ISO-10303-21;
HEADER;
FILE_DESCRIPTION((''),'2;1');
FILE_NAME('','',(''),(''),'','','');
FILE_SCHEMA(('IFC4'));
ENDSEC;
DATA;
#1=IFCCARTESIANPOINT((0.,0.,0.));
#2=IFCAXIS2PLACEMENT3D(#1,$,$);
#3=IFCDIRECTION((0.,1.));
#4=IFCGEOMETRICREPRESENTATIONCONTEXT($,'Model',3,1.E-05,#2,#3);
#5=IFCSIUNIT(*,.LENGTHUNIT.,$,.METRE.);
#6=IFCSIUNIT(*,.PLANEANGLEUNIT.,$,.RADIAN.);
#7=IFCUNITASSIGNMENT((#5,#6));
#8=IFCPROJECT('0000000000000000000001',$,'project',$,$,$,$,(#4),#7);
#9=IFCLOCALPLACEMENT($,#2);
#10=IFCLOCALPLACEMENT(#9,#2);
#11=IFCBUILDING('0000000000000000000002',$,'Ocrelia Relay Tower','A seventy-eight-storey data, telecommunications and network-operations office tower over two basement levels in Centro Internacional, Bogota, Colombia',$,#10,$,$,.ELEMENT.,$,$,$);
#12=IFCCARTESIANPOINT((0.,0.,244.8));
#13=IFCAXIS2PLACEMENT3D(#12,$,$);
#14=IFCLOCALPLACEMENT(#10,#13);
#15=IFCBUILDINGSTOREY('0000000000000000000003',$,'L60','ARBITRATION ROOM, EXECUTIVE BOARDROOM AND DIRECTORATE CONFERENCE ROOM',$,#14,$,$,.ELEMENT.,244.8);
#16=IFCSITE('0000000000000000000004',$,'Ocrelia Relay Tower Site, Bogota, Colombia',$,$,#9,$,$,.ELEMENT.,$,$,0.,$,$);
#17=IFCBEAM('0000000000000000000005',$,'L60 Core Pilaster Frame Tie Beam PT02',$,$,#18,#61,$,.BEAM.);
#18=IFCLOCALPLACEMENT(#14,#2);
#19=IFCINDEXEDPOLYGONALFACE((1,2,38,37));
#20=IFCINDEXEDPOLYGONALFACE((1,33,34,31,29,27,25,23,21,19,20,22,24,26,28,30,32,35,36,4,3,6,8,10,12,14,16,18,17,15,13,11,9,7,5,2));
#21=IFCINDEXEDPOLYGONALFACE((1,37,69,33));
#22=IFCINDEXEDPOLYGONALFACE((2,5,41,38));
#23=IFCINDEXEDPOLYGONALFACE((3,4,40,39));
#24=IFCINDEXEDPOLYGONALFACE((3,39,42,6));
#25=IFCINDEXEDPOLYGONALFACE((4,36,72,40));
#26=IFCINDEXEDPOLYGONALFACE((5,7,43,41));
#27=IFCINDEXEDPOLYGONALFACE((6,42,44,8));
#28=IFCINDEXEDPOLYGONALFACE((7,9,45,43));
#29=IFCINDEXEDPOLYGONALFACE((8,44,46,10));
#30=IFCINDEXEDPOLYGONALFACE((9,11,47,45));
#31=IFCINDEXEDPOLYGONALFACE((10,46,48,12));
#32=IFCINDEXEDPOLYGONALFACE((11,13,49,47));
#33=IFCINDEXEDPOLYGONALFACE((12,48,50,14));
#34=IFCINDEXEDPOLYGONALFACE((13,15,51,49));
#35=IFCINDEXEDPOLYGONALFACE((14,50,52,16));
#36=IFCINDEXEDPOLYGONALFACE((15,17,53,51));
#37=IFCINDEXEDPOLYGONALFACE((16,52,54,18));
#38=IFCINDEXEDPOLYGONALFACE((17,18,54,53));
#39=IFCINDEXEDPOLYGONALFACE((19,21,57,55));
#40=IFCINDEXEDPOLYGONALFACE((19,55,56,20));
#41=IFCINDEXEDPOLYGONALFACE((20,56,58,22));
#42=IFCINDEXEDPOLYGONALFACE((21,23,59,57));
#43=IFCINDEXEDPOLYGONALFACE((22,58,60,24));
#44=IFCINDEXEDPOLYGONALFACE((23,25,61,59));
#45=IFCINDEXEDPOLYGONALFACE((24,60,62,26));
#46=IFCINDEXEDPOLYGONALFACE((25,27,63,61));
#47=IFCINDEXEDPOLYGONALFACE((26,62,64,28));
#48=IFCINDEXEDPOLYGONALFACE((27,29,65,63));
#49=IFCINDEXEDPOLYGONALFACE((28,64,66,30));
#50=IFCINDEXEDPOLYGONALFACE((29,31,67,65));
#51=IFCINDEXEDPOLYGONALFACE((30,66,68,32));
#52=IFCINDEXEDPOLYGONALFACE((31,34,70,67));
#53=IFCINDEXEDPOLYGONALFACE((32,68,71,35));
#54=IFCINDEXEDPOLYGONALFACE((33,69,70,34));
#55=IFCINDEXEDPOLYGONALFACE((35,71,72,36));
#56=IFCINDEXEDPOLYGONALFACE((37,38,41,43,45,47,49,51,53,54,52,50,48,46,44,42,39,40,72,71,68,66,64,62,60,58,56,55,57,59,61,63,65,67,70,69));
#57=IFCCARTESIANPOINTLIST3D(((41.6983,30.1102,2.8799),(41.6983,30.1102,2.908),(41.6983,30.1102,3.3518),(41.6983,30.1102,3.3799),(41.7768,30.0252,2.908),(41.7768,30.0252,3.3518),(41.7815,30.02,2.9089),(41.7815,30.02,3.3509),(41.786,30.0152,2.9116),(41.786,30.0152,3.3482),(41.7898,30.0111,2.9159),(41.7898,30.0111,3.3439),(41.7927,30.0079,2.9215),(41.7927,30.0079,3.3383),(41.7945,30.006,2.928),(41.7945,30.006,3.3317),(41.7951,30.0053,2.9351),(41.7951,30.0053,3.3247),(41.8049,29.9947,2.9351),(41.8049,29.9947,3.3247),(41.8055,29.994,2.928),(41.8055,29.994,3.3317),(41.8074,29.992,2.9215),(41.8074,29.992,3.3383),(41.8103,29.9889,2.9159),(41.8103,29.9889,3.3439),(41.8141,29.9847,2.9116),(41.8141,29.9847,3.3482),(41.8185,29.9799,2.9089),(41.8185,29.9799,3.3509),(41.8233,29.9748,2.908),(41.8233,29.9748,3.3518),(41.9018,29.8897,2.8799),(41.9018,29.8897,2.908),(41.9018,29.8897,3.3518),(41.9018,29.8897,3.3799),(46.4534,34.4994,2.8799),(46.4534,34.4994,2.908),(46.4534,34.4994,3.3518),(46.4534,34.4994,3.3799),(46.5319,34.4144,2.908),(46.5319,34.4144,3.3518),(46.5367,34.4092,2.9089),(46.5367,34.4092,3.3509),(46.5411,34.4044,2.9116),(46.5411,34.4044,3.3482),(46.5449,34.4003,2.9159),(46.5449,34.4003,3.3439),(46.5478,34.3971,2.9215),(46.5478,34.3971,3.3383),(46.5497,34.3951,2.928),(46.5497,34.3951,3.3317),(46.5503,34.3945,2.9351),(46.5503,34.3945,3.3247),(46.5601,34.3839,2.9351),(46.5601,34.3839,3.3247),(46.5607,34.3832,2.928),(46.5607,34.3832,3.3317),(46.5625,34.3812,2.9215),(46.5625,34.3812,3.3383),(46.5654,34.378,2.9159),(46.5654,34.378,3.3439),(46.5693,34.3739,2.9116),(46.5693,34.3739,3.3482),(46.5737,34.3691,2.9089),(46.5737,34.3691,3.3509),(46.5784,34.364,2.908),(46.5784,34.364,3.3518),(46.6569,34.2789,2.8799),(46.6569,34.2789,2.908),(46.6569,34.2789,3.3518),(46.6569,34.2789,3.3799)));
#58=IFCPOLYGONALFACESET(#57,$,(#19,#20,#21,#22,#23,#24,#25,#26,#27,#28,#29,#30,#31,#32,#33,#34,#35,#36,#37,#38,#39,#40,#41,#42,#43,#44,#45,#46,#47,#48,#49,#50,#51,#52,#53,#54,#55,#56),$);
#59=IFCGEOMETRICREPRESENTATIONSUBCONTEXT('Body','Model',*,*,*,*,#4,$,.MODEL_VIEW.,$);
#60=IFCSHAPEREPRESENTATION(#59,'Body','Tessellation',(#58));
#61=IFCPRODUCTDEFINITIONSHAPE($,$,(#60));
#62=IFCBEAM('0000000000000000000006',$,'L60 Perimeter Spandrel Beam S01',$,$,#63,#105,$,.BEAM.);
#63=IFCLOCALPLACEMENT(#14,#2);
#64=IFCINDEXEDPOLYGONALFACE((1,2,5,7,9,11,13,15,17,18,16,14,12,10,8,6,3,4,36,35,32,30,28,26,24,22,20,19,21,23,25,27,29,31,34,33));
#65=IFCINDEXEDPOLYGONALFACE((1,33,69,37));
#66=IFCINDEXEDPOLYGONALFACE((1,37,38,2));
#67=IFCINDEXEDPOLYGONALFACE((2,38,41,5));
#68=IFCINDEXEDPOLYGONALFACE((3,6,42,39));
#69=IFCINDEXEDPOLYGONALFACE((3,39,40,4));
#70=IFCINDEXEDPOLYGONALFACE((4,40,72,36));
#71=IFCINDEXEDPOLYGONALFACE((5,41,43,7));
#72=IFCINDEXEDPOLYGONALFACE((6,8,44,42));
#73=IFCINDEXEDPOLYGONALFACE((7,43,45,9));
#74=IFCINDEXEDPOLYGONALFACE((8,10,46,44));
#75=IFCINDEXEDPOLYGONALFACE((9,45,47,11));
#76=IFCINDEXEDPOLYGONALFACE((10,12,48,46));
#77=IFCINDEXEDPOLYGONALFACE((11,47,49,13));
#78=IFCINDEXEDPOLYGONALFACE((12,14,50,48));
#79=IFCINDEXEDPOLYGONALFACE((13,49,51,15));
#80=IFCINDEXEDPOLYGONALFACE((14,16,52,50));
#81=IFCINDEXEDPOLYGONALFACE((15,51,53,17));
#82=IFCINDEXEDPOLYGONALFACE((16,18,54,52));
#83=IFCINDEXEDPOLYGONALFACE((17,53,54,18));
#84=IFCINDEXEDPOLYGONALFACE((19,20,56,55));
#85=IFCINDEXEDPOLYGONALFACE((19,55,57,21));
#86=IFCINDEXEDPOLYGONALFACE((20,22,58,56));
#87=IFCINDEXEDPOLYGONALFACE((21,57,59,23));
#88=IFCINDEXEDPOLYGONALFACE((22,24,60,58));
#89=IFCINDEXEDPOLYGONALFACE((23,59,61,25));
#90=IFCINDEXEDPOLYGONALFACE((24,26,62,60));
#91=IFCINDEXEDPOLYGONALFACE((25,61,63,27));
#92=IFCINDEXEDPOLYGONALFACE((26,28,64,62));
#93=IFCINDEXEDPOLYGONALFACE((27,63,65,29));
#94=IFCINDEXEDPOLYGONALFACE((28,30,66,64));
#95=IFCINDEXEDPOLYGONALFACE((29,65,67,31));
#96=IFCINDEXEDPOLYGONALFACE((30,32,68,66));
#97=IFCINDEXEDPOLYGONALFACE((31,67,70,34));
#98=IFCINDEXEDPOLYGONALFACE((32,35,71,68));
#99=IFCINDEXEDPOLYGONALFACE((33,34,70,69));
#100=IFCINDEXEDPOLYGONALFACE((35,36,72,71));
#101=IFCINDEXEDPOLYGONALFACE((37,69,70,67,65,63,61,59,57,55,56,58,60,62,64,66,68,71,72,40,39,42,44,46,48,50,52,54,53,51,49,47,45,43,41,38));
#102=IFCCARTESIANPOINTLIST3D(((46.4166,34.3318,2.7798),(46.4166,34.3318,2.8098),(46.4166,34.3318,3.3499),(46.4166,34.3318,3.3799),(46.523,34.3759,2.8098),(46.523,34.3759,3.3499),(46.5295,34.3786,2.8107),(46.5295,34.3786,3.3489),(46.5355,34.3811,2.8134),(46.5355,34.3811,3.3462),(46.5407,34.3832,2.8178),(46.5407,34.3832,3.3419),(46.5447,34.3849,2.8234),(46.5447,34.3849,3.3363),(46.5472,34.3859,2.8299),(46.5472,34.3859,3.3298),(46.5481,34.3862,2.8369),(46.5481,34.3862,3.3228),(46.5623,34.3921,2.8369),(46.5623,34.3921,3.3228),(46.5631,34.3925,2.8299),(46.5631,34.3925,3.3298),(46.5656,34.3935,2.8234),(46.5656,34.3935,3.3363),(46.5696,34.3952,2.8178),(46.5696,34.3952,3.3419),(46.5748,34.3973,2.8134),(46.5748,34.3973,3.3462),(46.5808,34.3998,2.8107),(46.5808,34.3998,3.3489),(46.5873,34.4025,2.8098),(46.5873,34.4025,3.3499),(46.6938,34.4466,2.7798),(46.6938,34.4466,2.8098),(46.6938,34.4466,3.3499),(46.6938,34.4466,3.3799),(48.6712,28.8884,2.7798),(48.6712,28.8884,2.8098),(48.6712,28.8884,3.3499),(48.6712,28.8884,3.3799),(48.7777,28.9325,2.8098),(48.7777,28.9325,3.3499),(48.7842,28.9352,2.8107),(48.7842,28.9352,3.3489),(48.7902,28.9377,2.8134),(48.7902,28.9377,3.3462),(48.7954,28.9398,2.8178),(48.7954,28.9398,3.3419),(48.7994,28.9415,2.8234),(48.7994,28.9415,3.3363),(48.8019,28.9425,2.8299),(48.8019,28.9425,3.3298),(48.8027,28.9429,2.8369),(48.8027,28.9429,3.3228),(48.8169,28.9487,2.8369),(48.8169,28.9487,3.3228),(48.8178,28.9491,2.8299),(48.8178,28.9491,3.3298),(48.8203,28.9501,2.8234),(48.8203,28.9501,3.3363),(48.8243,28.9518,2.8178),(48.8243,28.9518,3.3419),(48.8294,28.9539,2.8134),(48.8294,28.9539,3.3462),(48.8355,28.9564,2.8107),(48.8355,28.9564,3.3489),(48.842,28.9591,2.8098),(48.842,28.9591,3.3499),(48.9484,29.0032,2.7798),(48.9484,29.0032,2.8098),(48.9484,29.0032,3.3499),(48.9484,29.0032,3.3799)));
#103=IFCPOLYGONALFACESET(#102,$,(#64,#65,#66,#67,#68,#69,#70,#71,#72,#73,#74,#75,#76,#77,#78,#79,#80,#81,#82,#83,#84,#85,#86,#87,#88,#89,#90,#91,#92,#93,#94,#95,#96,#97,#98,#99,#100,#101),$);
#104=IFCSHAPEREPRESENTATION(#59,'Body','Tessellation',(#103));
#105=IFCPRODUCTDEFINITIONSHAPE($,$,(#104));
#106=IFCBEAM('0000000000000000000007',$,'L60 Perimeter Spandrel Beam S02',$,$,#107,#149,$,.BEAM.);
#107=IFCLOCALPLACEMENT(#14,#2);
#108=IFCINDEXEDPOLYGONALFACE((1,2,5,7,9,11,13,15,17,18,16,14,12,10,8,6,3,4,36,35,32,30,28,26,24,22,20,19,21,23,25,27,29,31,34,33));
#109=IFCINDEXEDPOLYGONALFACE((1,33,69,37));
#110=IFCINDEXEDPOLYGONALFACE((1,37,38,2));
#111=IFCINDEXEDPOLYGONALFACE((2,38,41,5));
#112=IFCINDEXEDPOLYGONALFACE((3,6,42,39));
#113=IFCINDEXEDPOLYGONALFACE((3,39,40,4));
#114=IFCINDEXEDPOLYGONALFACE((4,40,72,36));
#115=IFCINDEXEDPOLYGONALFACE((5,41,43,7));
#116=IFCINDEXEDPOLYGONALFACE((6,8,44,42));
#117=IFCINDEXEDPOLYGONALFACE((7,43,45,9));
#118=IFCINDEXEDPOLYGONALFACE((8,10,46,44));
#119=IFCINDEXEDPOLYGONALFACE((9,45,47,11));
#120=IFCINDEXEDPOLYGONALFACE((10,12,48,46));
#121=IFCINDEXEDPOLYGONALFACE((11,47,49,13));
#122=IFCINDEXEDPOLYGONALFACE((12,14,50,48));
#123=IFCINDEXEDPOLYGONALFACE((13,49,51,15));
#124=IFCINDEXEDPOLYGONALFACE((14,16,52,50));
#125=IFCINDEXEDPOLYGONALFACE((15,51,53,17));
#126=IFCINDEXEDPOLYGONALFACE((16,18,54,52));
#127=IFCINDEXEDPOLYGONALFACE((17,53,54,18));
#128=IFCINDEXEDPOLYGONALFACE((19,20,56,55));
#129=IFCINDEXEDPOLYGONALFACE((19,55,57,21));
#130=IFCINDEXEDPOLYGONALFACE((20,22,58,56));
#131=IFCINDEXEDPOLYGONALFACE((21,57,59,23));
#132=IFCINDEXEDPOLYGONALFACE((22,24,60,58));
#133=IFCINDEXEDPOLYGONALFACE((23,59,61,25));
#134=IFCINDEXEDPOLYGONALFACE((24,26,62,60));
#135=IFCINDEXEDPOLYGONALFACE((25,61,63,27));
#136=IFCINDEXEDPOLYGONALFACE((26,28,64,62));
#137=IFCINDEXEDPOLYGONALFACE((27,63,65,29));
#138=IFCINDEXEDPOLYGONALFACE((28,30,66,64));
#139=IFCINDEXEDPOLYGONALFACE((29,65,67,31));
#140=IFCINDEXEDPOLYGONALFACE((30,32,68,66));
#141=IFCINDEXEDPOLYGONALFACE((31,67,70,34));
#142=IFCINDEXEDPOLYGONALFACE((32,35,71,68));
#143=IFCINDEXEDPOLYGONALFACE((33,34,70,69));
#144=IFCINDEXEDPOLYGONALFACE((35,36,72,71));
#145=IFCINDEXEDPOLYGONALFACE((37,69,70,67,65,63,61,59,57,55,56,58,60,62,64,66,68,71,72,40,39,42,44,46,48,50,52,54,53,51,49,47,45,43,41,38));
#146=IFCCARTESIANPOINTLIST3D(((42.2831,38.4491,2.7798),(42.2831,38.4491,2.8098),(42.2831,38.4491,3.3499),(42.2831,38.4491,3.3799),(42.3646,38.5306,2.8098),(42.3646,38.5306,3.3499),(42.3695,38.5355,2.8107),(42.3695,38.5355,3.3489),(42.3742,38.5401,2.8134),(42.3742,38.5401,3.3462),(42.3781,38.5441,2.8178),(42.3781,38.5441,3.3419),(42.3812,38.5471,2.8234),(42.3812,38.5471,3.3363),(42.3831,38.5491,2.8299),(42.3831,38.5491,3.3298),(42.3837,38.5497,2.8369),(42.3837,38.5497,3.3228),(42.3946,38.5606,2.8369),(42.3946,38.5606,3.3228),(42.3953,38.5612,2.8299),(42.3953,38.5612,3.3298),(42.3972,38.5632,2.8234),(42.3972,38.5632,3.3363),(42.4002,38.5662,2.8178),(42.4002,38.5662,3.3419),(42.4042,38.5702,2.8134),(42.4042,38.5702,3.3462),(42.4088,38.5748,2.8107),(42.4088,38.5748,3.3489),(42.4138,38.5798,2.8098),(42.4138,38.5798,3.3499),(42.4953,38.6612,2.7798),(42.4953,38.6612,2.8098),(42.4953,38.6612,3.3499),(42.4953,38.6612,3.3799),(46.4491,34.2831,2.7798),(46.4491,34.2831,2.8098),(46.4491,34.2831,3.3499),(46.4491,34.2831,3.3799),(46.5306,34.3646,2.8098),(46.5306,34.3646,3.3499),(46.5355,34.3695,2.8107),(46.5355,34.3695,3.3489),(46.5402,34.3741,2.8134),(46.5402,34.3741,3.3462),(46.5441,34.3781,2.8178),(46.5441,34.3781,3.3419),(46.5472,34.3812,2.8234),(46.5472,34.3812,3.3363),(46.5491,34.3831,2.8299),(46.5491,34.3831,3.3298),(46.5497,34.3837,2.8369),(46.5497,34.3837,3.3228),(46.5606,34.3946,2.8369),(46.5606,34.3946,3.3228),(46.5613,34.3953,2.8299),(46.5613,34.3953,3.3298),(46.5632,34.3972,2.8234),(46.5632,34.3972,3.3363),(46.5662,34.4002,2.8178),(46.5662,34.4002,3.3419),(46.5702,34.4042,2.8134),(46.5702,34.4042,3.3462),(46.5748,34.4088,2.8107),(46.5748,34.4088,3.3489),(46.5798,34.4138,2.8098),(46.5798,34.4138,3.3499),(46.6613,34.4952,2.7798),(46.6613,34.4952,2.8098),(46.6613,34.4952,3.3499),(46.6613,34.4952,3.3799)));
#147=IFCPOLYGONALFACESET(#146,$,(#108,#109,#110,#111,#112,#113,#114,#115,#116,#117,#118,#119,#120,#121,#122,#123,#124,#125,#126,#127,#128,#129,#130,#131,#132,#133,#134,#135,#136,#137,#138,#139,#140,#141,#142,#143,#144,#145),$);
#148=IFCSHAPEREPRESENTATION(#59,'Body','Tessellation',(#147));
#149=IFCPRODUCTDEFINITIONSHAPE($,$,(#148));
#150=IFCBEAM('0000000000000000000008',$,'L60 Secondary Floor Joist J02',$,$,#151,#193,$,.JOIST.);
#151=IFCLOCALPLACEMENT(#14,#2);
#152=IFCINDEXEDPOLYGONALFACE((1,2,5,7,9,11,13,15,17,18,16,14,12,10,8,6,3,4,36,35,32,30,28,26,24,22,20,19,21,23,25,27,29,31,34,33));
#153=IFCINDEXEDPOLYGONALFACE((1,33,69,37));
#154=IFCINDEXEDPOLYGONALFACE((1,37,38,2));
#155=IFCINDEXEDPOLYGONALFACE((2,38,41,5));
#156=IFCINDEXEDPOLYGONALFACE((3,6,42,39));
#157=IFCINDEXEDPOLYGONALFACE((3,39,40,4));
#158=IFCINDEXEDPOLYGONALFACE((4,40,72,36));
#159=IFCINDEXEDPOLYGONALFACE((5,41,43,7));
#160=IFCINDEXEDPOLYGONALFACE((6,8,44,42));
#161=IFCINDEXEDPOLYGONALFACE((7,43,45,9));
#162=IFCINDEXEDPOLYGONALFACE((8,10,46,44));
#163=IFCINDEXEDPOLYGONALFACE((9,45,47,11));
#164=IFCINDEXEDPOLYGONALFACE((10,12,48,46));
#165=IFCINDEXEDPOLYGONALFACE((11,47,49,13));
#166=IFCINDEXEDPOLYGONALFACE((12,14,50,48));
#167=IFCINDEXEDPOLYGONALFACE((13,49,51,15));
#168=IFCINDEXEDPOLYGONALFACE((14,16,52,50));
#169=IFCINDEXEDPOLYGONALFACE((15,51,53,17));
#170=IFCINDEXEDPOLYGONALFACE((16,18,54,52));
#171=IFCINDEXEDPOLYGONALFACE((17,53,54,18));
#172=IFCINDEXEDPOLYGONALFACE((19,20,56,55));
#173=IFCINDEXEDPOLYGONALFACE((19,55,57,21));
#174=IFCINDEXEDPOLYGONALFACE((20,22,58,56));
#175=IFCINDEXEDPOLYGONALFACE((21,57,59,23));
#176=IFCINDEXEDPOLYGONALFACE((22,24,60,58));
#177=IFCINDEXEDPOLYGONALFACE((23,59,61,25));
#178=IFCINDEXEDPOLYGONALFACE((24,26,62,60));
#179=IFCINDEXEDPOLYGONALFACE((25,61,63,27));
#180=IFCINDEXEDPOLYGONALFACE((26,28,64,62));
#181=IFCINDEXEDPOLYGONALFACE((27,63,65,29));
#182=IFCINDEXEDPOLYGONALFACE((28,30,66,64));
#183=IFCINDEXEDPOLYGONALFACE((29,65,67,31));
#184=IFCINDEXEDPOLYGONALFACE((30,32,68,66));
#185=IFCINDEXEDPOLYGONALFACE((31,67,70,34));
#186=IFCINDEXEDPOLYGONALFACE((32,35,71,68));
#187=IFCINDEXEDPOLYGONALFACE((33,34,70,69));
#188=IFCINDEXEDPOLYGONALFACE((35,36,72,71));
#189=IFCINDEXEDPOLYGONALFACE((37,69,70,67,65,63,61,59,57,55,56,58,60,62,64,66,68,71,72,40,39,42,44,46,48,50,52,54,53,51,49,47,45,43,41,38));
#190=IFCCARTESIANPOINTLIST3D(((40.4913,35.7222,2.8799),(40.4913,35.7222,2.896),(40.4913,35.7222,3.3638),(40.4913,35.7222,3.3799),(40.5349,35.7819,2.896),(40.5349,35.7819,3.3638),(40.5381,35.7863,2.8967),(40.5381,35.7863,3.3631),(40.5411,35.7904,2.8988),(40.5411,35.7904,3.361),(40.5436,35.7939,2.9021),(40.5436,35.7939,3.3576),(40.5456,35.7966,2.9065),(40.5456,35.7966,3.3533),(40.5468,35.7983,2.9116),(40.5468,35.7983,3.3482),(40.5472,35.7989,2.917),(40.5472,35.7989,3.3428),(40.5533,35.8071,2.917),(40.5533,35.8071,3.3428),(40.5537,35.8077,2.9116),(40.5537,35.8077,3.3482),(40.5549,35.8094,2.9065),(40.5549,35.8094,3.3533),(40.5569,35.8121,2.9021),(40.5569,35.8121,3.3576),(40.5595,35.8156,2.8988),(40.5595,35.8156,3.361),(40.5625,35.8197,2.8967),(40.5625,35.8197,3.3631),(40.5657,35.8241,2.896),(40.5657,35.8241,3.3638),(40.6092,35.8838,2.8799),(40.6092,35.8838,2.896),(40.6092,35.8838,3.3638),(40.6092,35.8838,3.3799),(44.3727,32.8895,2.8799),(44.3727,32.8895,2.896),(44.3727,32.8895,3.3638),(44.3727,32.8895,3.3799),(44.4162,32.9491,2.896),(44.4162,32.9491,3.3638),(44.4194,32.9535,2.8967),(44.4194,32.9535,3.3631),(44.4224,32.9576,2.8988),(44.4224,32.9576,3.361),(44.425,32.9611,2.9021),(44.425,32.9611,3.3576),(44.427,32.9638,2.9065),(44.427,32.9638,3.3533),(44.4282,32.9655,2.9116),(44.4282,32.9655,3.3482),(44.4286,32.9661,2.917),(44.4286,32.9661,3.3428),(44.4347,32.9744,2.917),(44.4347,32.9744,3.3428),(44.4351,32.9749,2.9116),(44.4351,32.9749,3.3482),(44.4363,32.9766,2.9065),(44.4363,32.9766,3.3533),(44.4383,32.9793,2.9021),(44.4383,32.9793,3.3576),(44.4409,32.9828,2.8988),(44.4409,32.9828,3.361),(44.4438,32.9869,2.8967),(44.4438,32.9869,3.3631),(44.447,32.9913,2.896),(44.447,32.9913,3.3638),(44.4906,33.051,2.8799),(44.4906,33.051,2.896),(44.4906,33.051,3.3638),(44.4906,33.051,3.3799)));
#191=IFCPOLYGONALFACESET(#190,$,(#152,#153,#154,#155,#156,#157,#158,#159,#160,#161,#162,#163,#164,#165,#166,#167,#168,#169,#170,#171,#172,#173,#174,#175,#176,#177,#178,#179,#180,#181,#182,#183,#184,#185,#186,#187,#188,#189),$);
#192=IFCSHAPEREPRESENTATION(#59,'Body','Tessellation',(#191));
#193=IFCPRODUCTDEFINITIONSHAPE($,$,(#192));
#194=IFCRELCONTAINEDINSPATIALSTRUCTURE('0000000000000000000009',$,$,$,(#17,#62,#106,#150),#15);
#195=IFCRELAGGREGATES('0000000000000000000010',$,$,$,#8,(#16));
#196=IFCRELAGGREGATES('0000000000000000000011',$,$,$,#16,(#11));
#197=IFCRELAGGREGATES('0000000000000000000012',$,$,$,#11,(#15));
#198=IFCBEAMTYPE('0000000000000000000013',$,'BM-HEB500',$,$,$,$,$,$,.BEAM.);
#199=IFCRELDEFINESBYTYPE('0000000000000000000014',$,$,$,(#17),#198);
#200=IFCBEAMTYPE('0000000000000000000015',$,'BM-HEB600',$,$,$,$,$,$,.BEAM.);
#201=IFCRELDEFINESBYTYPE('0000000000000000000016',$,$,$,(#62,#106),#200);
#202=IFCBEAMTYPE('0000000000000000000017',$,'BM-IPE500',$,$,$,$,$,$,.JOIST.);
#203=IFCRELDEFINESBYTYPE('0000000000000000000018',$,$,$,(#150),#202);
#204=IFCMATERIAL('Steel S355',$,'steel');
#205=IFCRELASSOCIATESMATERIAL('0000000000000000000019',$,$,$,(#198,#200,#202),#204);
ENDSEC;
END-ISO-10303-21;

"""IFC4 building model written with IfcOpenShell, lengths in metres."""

from ifc_helpers import new_model, si_unit, direction, frame, origin, origin_2d, place, context, subcontext, project, spatial, i_section, extrude, material, material_profile, profile_set, type_object, element, save


model = new_model("IFC4")

# Units and contexts
model_context = context("Model", 3, precision=1e-05, world=origin(), true_north=direction((0.0, 1.0)))
body_context = subcontext(model_context, "Body", "Model", "MODEL_VIEW")
ifc_project = project(units=[si_unit("LENGTHUNIT", "METRE"), si_unit("PLANEANGLEUNIT", "RADIAN")], contexts=[model_context])

# Site, building, storey
site_placement = place(None, origin())
site = spatial("IfcSite", under=ifc_project, at=site_placement, Name="Ocrelia Relay Tower Site, Bogota, Colombia", CompositionType="ELEMENT", RefElevation=0.0)
building_placement = place(site_placement, origin())
building = spatial("IfcBuilding", under=site, at=building_placement, Name="Ocrelia Relay Tower", Description="A seventy-eight-storey data, telecommunications and network-operations office tower over two basement levels in Centro Internacional, Bogota, Colombia", CompositionType="ELEMENT")
storey_placement = place(building_placement, frame((0.0, 0.0, 244.8)))
storey = spatial("IfcBuildingStorey", under=building, at=storey_placement, Name="L60", Description="ARBITRATION ROOM, EXECUTIVE BOARDROOM AND DIRECTORATE CONFERENCE ROOM", CompositionType="ELEMENT", Elevation=244.8)

# Beams
ifc_material_1 = material(Name="Steel S355", Category="steel")
ifc_material_profile_1 = material_profile(ifc_material_1, i_section(OverallWidth=0.3, OverallDepth=0.5, WebThickness=0.0144, FlangeThickness=0.0281, FilletRadius=0.0271, at=origin_2d()), Name="HEB 500")
ifc_profile_set_1 = profile_set([ifc_material_profile_1], Name="Steel S355")
beam_type_1 = type_object("IfcBeamType", Name="BM-HEB500", PredefinedType="BEAM", material=ifc_profile_set_1)
beam_1_placement = place(storey_placement, frame((46.5552, 34.3892, 3.1299), z_axis=(-0.734818, -0.678264, 0.0), x_axis=(0.678264, -0.734818, 0.0)))
element("IfcBeam", 1, at=beam_1_placement, inside=storey, type_object=beam_type_1, Name="L60 Core Pilaster Frame Tie Beam PT02", PredefinedType="BEAM", context=body_context, shape_type="SweptSolid", body=[
    extrude(i_section(OverallWidth=0.3, OverallDepth=0.5, WebThickness=0.0144, FlangeThickness=0.0281, FilletRadius=0.0271, at=origin_2d()), origin(), (0.0, 0.0, 1.0), 6.4712),
])
ifc_material_profile_2 = material_profile(ifc_material_1, i_section(OverallWidth=0.3, OverallDepth=0.6001, WebThickness=0.0154, FlangeThickness=0.03, FilletRadius=0.0271, at=origin_2d()), Name="HEB 600")
ifc_profile_set_2 = profile_set([ifc_material_profile_2], Name="Steel S355")
beam_type_2 = type_object("IfcBeamType", Name="BM-HEB600", PredefinedType="BEAM", material=ifc_profile_set_2)
beam_2_placement = place(storey_placement, frame((48.8098, 28.9458, 3.0798), z_axis=(-0.382673, 0.923884, 0.0), x_axis=(-0.923884, -0.382673, 0.0)))
element("IfcBeam", 2, at=beam_2_placement, inside=storey, type_object=beam_type_2, Name="L60 Perimeter Spandrel Beam S01", PredefinedType="BEAM", context=body_context, shape_type="SweptSolid", body=[
    extrude(i_section(OverallWidth=0.3, OverallDepth=0.6001, WebThickness=0.0154, FlangeThickness=0.03, FilletRadius=0.0271, at=origin_2d()), origin(), (0.0, 0.0, 1.0), 5.8918),
])
beam_3_placement = place(storey_placement, frame((46.5552, 34.3892, 3.0798), z_axis=(-0.707107, 0.707107, 0.0), x_axis=(-0.707107, -0.707107, 0.0)))
element("IfcBeam", 3, at=beam_3_placement, inside=storey, type_object=beam_type_2, Name="L60 Perimeter Spandrel Beam S02", PredefinedType="BEAM", context=body_context, shape_type="SweptSolid", body=[
    extrude(i_section(OverallWidth=0.3, OverallDepth=0.6001, WebThickness=0.0154, FlangeThickness=0.03, FilletRadius=0.0271, at=origin_2d()), origin(), (0.0, 0.0, 1.0), 5.8916),
])
ifc_material_profile_3 = material_profile(ifc_material_1, i_section(OverallWidth=0.2, OverallDepth=0.5, WebThickness=0.0103, FlangeThickness=0.0161, FilletRadius=0.021, at=origin_2d()), Name="IPE 500")
ifc_profile_set_3 = profile_set([ifc_material_profile_3], Name="Steel S355")
beam_type_3 = type_object("IfcBeamType", Name="BM-IPE500", PredefinedType="JOIST", material=ifc_profile_set_3)
beam_4_placement = place(storey_placement, frame((44.4316, 32.9702, 3.1299), z_axis=(-0.807748, 0.589527, 0.0), x_axis=(-0.589527, -0.807748, 0.0)))
element("IfcBeam", 4, at=beam_4_placement, inside=storey, type_object=beam_type_3, Name="L60 Secondary Floor Joist J02", PredefinedType="JOIST", context=body_context, shape_type="SweptSolid", body=[
    extrude(i_section(OverallWidth=0.2, OverallDepth=0.5, WebThickness=0.0103, FlangeThickness=0.0161, FilletRadius=0.021, at=origin_2d()), origin(), (0.0, 0.0, 1.0), 4.8052),
])

save(model, "model.ifc")
